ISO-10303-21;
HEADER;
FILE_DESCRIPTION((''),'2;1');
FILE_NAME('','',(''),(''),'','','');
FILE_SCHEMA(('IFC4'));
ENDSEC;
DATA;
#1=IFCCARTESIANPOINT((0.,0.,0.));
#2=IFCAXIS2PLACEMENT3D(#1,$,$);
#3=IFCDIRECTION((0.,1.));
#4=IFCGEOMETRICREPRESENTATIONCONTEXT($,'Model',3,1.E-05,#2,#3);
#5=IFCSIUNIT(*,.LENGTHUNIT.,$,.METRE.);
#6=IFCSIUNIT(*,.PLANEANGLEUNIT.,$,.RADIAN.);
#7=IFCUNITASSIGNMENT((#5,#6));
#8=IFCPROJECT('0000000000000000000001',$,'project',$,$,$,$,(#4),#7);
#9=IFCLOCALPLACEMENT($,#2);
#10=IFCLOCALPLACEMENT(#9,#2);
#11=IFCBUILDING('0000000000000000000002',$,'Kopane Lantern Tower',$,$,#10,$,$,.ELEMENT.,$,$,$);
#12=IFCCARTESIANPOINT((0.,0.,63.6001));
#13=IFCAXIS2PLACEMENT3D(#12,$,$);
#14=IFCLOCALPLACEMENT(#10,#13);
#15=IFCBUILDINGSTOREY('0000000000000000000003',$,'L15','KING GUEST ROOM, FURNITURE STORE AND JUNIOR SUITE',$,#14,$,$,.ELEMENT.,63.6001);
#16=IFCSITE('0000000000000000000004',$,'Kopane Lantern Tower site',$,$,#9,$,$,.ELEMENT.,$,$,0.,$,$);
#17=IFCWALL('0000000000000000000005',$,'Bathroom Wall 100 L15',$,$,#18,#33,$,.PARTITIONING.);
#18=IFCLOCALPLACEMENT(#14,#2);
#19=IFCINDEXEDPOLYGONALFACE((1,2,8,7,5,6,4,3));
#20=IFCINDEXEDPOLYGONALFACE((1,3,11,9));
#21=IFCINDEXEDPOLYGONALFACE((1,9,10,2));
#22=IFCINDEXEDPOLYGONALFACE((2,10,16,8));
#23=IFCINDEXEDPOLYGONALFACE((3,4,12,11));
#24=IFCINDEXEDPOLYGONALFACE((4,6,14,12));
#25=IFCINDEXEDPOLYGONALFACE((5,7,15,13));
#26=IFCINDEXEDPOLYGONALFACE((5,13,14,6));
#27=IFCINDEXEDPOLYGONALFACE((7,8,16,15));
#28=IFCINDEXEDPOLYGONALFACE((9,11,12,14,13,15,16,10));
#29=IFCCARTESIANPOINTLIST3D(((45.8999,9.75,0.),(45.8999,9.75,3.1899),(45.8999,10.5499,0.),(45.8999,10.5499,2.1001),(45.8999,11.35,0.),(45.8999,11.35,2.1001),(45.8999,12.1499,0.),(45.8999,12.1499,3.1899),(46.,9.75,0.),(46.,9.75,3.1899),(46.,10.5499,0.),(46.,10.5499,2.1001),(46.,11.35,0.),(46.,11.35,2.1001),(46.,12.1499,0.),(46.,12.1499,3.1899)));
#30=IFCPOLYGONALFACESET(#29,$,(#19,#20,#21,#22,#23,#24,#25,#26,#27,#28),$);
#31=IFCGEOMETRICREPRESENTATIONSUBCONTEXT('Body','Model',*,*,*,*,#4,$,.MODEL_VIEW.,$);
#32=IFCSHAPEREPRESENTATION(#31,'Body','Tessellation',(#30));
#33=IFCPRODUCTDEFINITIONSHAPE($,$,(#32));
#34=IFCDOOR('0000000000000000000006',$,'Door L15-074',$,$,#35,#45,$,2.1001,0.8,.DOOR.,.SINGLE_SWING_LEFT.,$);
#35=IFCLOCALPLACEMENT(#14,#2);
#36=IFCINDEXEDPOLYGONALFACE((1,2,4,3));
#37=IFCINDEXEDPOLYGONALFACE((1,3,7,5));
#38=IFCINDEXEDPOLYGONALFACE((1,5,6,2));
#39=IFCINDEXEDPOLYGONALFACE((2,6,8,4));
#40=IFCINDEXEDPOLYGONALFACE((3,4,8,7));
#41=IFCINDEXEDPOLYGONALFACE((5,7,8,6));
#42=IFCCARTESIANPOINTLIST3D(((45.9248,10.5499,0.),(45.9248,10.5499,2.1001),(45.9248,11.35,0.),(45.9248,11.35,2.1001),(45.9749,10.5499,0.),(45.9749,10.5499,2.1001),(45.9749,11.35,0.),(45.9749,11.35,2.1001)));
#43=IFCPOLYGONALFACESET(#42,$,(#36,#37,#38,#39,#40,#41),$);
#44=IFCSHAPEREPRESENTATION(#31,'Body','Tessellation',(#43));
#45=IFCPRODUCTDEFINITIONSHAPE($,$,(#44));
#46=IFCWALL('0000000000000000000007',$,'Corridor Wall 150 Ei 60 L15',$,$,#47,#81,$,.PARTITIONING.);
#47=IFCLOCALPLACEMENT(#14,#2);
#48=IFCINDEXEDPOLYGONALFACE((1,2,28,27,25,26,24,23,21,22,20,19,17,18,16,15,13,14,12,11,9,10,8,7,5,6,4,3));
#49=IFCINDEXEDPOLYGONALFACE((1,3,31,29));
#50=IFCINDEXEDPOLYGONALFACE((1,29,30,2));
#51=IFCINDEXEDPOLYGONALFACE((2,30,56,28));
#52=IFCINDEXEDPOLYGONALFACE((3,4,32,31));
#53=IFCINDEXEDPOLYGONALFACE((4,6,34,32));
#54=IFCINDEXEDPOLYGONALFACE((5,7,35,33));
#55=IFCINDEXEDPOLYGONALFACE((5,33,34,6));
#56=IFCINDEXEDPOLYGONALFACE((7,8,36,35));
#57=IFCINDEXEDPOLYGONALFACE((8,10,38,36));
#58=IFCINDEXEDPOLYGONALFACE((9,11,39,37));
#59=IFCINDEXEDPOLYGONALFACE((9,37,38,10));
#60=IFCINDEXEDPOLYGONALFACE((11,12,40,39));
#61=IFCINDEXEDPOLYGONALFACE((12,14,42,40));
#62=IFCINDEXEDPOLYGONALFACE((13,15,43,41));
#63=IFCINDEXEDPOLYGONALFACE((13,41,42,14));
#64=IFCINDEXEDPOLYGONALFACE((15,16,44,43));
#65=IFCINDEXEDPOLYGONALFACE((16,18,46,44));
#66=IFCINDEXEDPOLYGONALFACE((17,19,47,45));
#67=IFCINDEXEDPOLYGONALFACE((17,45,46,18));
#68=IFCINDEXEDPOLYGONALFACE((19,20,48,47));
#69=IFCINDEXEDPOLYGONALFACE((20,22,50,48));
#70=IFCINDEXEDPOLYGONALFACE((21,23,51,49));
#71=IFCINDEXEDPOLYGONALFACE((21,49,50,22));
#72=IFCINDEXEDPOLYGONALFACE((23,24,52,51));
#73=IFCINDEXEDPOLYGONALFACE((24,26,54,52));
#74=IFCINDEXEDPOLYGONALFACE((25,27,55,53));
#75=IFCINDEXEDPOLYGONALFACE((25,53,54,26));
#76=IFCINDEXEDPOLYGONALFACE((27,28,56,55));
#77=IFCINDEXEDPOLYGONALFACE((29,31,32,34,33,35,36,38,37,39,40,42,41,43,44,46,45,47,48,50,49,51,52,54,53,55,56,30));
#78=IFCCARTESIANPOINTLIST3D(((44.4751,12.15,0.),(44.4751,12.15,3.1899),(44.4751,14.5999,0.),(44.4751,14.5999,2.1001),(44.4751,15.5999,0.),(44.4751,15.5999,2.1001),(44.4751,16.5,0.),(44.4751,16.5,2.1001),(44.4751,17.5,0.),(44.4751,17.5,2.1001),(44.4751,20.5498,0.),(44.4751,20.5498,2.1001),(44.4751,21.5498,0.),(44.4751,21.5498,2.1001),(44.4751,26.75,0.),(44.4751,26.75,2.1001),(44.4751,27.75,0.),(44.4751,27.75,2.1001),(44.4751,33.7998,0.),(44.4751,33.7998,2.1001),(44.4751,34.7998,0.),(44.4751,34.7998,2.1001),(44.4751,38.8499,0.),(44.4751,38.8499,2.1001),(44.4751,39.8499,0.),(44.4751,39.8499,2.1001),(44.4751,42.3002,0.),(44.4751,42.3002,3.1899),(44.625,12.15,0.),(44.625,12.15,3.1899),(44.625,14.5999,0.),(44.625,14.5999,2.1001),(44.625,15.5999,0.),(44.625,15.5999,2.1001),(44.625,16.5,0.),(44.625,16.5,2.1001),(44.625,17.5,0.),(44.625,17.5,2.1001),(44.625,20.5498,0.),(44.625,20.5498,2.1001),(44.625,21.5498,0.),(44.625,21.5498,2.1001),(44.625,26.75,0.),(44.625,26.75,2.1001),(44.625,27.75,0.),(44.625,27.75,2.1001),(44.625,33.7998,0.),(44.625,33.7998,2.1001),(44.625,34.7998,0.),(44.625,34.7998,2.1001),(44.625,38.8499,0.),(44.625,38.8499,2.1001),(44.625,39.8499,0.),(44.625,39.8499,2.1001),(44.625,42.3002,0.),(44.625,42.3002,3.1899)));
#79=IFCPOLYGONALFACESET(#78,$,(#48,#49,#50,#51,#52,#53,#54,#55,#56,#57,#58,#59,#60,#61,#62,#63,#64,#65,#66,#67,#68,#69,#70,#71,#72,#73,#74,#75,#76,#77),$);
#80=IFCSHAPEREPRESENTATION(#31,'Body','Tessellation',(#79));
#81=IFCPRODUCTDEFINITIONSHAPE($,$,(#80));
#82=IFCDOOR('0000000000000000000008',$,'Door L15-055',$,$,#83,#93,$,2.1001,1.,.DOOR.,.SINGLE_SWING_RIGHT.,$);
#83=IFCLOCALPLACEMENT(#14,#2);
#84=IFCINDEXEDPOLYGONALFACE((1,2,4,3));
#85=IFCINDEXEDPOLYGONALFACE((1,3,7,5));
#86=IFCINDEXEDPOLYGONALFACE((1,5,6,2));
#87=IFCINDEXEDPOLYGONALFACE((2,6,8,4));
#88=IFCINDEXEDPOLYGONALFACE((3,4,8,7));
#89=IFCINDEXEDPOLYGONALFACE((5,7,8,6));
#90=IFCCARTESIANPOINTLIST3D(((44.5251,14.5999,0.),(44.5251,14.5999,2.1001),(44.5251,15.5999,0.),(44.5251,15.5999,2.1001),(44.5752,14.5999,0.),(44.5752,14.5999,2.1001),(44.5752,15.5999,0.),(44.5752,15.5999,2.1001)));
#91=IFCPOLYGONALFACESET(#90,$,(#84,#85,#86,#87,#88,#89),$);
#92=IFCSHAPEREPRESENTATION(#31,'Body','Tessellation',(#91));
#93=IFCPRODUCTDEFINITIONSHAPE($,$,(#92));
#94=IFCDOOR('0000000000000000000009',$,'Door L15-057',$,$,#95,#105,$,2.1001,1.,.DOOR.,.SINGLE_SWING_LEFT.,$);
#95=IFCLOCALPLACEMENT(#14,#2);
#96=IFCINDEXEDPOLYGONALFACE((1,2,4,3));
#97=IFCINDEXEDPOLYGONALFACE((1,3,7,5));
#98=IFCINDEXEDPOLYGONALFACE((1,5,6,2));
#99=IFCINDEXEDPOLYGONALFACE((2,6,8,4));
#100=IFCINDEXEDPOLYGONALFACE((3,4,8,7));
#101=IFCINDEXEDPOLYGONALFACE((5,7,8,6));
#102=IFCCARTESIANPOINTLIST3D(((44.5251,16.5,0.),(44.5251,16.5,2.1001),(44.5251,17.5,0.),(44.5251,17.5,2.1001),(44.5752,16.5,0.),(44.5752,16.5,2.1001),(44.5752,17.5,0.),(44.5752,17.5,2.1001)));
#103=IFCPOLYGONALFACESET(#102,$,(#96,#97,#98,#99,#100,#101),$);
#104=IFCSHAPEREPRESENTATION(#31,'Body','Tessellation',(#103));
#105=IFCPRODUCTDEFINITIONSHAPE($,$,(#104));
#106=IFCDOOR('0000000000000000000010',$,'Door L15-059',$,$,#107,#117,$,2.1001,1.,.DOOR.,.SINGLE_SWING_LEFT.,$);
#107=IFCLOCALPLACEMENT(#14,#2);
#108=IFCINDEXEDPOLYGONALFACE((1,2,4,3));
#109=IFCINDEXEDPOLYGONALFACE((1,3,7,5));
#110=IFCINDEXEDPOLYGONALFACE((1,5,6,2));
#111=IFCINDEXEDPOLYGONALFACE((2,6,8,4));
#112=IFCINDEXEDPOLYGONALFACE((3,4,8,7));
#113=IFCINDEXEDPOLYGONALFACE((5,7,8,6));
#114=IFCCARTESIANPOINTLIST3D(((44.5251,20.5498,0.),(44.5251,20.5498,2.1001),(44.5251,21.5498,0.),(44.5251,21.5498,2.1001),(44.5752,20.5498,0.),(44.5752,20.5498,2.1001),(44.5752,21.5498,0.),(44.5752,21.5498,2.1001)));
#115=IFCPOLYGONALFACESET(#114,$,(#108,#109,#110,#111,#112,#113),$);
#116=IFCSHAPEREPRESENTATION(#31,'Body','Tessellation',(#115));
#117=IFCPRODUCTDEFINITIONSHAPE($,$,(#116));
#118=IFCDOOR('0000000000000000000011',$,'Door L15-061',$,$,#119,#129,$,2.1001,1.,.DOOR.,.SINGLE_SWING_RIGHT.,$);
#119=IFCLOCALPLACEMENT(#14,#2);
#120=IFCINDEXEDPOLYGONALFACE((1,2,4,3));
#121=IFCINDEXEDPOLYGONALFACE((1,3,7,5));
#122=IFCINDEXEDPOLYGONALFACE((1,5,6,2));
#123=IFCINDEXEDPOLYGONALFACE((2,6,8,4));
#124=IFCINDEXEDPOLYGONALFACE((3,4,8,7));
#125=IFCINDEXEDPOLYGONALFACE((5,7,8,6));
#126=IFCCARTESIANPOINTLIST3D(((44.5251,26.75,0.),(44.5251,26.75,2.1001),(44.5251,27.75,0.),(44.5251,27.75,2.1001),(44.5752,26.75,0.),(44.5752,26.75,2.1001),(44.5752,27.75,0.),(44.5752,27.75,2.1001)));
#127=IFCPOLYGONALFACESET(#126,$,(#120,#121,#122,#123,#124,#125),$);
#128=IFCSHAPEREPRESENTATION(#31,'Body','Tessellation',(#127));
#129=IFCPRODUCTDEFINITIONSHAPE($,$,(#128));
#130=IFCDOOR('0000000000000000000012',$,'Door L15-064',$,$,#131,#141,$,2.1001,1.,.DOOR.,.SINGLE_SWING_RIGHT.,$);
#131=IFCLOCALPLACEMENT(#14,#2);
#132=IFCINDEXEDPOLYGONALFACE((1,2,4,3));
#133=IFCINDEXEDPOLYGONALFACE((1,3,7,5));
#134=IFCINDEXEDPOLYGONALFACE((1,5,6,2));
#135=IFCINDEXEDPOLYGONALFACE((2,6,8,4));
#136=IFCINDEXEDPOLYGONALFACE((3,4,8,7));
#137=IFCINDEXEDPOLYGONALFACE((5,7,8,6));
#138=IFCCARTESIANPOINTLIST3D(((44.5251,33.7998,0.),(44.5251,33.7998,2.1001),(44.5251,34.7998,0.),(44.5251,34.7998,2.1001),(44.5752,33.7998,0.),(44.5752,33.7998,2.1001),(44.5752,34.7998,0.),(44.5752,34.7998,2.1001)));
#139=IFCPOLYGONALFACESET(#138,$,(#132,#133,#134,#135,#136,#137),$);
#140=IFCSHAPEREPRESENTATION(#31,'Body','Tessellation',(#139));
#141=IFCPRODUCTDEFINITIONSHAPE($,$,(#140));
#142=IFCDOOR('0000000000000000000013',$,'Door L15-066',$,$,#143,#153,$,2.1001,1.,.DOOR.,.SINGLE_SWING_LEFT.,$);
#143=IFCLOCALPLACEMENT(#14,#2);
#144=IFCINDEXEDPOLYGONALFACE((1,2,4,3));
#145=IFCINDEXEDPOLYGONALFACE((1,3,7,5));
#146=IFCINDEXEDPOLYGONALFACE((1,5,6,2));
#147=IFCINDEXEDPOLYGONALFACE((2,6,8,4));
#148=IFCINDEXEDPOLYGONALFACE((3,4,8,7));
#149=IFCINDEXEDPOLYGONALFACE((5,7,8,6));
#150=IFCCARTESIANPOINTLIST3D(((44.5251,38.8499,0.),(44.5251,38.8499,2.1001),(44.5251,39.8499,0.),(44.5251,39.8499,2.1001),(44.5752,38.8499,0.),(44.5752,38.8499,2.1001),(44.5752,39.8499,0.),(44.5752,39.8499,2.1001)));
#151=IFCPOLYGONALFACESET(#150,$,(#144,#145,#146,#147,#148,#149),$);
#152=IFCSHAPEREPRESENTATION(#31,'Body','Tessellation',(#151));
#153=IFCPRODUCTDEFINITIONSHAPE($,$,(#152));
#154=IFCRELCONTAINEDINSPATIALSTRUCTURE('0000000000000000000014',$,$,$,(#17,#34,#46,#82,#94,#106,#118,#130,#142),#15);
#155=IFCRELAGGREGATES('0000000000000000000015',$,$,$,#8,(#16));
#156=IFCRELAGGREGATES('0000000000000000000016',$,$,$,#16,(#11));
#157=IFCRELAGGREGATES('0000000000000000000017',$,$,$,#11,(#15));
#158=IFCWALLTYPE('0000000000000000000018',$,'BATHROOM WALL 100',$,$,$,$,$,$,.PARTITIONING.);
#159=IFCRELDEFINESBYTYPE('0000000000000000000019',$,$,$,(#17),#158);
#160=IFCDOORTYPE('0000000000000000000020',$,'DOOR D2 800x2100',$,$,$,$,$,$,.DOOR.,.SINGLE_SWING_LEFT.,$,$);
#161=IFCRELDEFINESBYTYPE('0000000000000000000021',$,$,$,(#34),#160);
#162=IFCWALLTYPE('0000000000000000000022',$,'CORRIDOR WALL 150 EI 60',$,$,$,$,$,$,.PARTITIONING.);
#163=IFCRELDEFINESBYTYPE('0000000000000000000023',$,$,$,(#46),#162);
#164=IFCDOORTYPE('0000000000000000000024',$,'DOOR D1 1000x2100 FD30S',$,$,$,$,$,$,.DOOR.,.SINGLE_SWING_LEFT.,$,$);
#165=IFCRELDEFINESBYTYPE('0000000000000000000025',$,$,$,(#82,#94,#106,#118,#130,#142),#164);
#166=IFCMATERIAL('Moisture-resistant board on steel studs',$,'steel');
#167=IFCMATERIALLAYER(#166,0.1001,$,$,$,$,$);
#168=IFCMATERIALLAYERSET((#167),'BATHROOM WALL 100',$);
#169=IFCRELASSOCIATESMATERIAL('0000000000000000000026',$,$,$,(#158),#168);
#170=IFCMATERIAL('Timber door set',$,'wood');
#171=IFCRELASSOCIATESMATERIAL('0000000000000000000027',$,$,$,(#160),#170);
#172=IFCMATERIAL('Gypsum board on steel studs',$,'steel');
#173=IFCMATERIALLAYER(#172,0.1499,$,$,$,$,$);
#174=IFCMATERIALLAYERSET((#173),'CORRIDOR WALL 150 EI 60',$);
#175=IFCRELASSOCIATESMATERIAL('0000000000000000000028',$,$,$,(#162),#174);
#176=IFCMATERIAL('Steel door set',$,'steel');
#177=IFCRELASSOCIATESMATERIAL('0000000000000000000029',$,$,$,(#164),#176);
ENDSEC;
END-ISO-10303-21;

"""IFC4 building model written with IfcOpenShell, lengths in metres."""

from ifc_helpers import new_model, si_unit, direction, frame, frame_2d, origin, place, context, subcontext, project, spatial, rectangle, extrude, material, layer, layer_set, type_object, element, fill, save


model = new_model("IFC4")

# Units and contexts
model_context = context("Model", 3, precision=1e-05, world=origin(), true_north=direction((0.0, 1.0)))
body_context = subcontext(model_context, "Body", "Model", "MODEL_VIEW")
ifc_project = project(units=[si_unit("LENGTHUNIT", "METRE"), si_unit("PLANEANGLEUNIT", "RADIAN")], contexts=[model_context])

# Site, building, storey
site_placement = place(None, origin())
site = spatial("IfcSite", under=ifc_project, at=site_placement, Name="Kopane Lantern Tower site", CompositionType="ELEMENT", RefElevation=0.0)
building_placement = place(site_placement, origin())
building = spatial("IfcBuilding", under=site, at=building_placement, Name="Kopane Lantern Tower", CompositionType="ELEMENT")
storey_placement = place(building_placement, frame((0.0, 0.0, 63.6001)))
storey = spatial("IfcBuildingStorey", under=building, at=storey_placement, Name="L15", Description="KING GUEST ROOM, FURNITURE STORE AND JUNIOR SUITE", CompositionType="ELEMENT", Elevation=63.6001)

# Shared definitions
ifc_material_1 = material(Name="Moisture-resistant board on steel studs", Category="steel")
ifc_layer_1 = layer(ifc_material_1, 0.1001)
ifc_layer_set_1 = layer_set([ifc_layer_1], Name="BATHROOM WALL 100")
wall_type_1 = type_object("IfcWallType", Name="BATHROOM WALL 100", PredefinedType="PARTITIONING", material=ifc_layer_set_1)

# Wall, opening, door
wall_1_placement = place(storey_placement, frame((45.95, 12.1499, 0.0), z_axis=(0.0, 0.0, 1.0), x_axis=(0.0, -1.0, 0.0)))
wall_1 = element("IfcWall", 1, at=wall_1_placement, inside=storey, type_object=wall_type_1, Name="Bathroom Wall 100 L15", PredefinedType="PARTITIONING", context=body_context, shape_type="SweptSolid", body=[
    extrude(rectangle(XDim=2.3999, YDim=0.1001, at=frame_2d((1.2, 0.0))), origin(), (0.0, 0.0, 1.0), 3.1899),
])
opening_1_placement = place(wall_1_placement, frame((0.8, 0.0, 0.0)))
opening_1 = element("IfcOpeningElement", 2, at=opening_1_placement, cuts=wall_1, PredefinedType="OPENING", context=body_context, shape_type="SweptSolid", body=[
    extrude(rectangle(XDim=0.8, YDim=2.1001, at=frame_2d((0.3999, 1.05))), frame((0.0, 0.0601, 0.0), z_axis=(0.0, -1.0, 0.0), x_axis=(1.0, 0.0, 0.0)), (0.0, 0.0, 1.0), 0.1201),
])
ifc_material_2 = material(Name="Timber door set", Category="wood")
door_type_1 = type_object("IfcDoorType", Name="DOOR D2 800x2100", OperationType="SINGLE_SWING_LEFT", PredefinedType="DOOR", material=ifc_material_2)
door_1_placement = place(opening_1_placement, origin())
door_1 = element("IfcDoor", 3, at=door_1_placement, inside=storey, type_object=door_type_1, Name="Door L15-074", OperationType="SINGLE_SWING_LEFT", OverallHeight=2.1001, OverallWidth=0.8, PredefinedType="DOOR", context=body_context, shape_type="SweptSolid", body=[
    extrude(rectangle(XDim=0.8, YDim=2.1001, at=frame_2d((0.3999, 1.05))), frame((0.0, 0.0249, 0.0), z_axis=(0.0, -1.0, 0.0), x_axis=(1.0, 0.0, 0.0)), (0.0, 0.0, 1.0), 0.05),
])
fill(opening_1, door_1)

# Wall, openings, doors
ifc_material_3 = material(Name="Gypsum board on steel studs", Category="steel")
ifc_layer_2 = layer(ifc_material_3, 0.1499)
ifc_layer_set_2 = layer_set([ifc_layer_2], Name="CORRIDOR WALL 150 EI 60")
wall_type_2 = type_object("IfcWallType", Name="CORRIDOR WALL 150 EI 60", PredefinedType="PARTITIONING", material=ifc_layer_set_2)
wall_2_placement = place(storey_placement, frame((44.55, 12.1499, 0.0), z_axis=(0.0, 0.0, 1.0), x_axis=(0.0, 1.0, 0.0)))
wall_2 = element("IfcWall", 4, at=wall_2_placement, inside=storey, type_object=wall_type_2, Name="Corridor Wall 150 Ei 60 L15", PredefinedType="PARTITIONING", context=body_context, shape_type="SweptSolid", body=[
    extrude(rectangle(XDim=30.1501, YDim=0.1499, at=frame_2d((15.0752, 0.0))), origin(), (0.0, 0.0, 1.0), 3.1899),
])
opening_2_placement = place(wall_2_placement, frame((2.45, 0.0, 0.0)))
opening_2 = element("IfcOpeningElement", 5, at=opening_2_placement, cuts=wall_2, PredefinedType="OPENING", context=body_context, shape_type="SweptSolid", body=[
    extrude(rectangle(XDim=1.0, YDim=2.1001, at=frame_2d((0.5, 1.05))), frame((0.0, 0.085, 0.0), z_axis=(0.0, -1.0, 0.0), x_axis=(1.0, 0.0, 0.0)), (0.0, 0.0, 1.0), 0.1699),
])
opening_3_placement = place(wall_2_placement, frame((4.3501, 0.0, 0.0)))
opening_3 = element("IfcOpeningElement", 6, at=opening_3_placement, cuts=wall_2, PredefinedType="OPENING", context=body_context, shape_type="SweptSolid", body=[
    extrude(rectangle(XDim=1.0, YDim=2.1001, at=frame_2d((0.5, 1.05))), frame((0.0, 0.085, 0.0), z_axis=(0.0, -1.0, 0.0), x_axis=(1.0, 0.0, 0.0)), (0.0, 0.0, 1.0), 0.1699),
])
opening_4_placement = place(wall_2_placement, frame((8.3999, 0.0, 0.0)))
opening_4 = element("IfcOpeningElement", 7, at=opening_4_placement, cuts=wall_2, PredefinedType="OPENING", context=body_context, shape_type="SweptSolid", body=[
    extrude(rectangle(XDim=1.0, YDim=2.1001, at=frame_2d((0.5, 1.05))), frame((0.0, 0.085, 0.0), z_axis=(0.0, -1.0, 0.0), x_axis=(1.0, 0.0, 0.0)), (0.0, 0.0, 1.0), 0.1699),
])
opening_5_placement = place(wall_2_placement, frame((14.6001, 0.0, 0.0)))
opening_5 = element("IfcOpeningElement", 8, at=opening_5_placement, cuts=wall_2, PredefinedType="OPENING", context=body_context, shape_type="SweptSolid", body=[
    extrude(rectangle(XDim=1.0, YDim=2.1001, at=frame_2d((0.5, 1.05))), frame((0.0, 0.085, 0.0), z_axis=(0.0, -1.0, 0.0), x_axis=(1.0, 0.0, 0.0)), (0.0, 0.0, 1.0), 0.1699),
])
opening_6_placement = place(wall_2_placement, frame((21.6499, 0.0, 0.0)))
opening_6 = element("IfcOpeningElement", 9, at=opening_6_placement, cuts=wall_2, PredefinedType="OPENING", context=body_context, shape_type="SweptSolid", body=[
    extrude(rectangle(XDim=1.0, YDim=2.1001, at=frame_2d((0.5, 1.05))), frame((0.0, 0.085, 0.0), z_axis=(0.0, -1.0, 0.0), x_axis=(1.0, 0.0, 0.0)), (0.0, 0.0, 1.0), 0.1699),
])
opening_7_placement = place(wall_2_placement, frame((26.7, 0.0, 0.0)))
opening_7 = element("IfcOpeningElement", 10, at=opening_7_placement, cuts=wall_2, PredefinedType="OPENING", context=body_context, shape_type="SweptSolid", body=[
    extrude(rectangle(XDim=1.0, YDim=2.1001, at=frame_2d((0.5, 1.05))), frame((0.0, 0.085, 0.0), z_axis=(0.0, -1.0, 0.0), x_axis=(1.0, 0.0, 0.0)), (0.0, 0.0, 1.0), 0.1699),
])
ifc_material_4 = material(Name="Steel door set", Category="steel")
door_type_2 = type_object("IfcDoorType", Name="DOOR D1 1000x2100 FD30S", OperationType="SINGLE_SWING_LEFT", PredefinedType="DOOR", material=ifc_material_4)
door_2_placement = place(opening_2_placement, origin())
door_2 = element("IfcDoor", 11, at=door_2_placement, inside=storey, type_object=door_type_2, Name="Door L15-055", OperationType="SINGLE_SWING_RIGHT", OverallHeight=2.1001, OverallWidth=1.0, PredefinedType="DOOR", context=body_context, shape_type="SweptSolid", body=[
    extrude(rectangle(XDim=1.0, YDim=2.1001, at=frame_2d((0.5, 1.05))), frame((0.0, 0.0249, 0.0), z_axis=(0.0, -1.0, 0.0), x_axis=(1.0, 0.0, 0.0)), (0.0, 0.0, 1.0), 0.05),
])
fill(opening_2, door_2)
door_3_placement = place(opening_3_placement, origin())
door_3 = element("IfcDoor", 12, at=door_3_placement, inside=storey, type_object=door_type_2, Name="Door L15-057", OperationType="SINGLE_SWING_LEFT", OverallHeight=2.1001, OverallWidth=1.0, PredefinedType="DOOR", context=body_context, shape_type="SweptSolid", body=[
    extrude(rectangle(XDim=1.0, YDim=2.1001, at=frame_2d((0.5, 1.05))), frame((0.0, 0.0249, 0.0), z_axis=(0.0, -1.0, 0.0), x_axis=(1.0, 0.0, 0.0)), (0.0, 0.0, 1.0), 0.05),
])
fill(opening_3, door_3)
door_4_placement = place(opening_4_placement, origin())
door_4 = element("IfcDoor", 13, at=door_4_placement, inside=storey, type_object=door_type_2, Name="Door L15-059", OperationType="SINGLE_SWING_LEFT", OverallHeight=2.1001, OverallWidth=1.0, PredefinedType="DOOR", context=body_context, shape_type="SweptSolid", body=[
    extrude(rectangle(XDim=1.0, YDim=2.1001, at=frame_2d((0.5, 1.05))), frame((0.0, 0.0249, 0.0), z_axis=(0.0, -1.0, 0.0), x_axis=(1.0, 0.0, 0.0)), (0.0, 0.0, 1.0), 0.05),
])
fill(opening_4, door_4)
door_5_placement = place(opening_5_placement, origin())
door_5 = element("IfcDoor", 14, at=door_5_placement, inside=storey, type_object=door_type_2, Name="Door L15-061", OperationType="SINGLE_SWING_RIGHT", OverallHeight=2.1001, OverallWidth=1.0, PredefinedType="DOOR", context=body_context, shape_type="SweptSolid", body=[
    extrude(rectangle(XDim=1.0, YDim=2.1001, at=frame_2d((0.5, 1.05))), frame((0.0, 0.0249, 0.0), z_axis=(0.0, -1.0, 0.0), x_axis=(1.0, 0.0, 0.0)), (0.0, 0.0, 1.0), 0.05),
])
fill(opening_5, door_5)
door_6_placement = place(opening_6_placement, origin())
door_6 = element("IfcDoor", 15, at=door_6_placement, inside=storey, type_object=door_type_2, Name="Door L15-064", OperationType="SINGLE_SWING_RIGHT", OverallHeight=2.1001, OverallWidth=1.0, PredefinedType="DOOR", context=body_context, shape_type="SweptSolid", body=[
    extrude(rectangle(XDim=1.0, YDim=2.1001, at=frame_2d((0.5, 1.05))), frame((0.0, 0.0249, 0.0), z_axis=(0.0, -1.0, 0.0), x_axis=(1.0, 0.0, 0.0)), (0.0, 0.0, 1.0), 0.05),
])
fill(opening_6, door_6)
door_7_placement = place(opening_7_placement, origin())
door_7 = element("IfcDoor", 16, at=door_7_placement, inside=storey, type_object=door_type_2, Name="Door L15-066", OperationType="SINGLE_SWING_LEFT", OverallHeight=2.1001, OverallWidth=1.0, PredefinedType="DOOR", context=body_context, shape_type="SweptSolid", body=[
    extrude(rectangle(XDim=1.0, YDim=2.1001, at=frame_2d((0.5, 1.05))), frame((0.0, 0.0249, 0.0), z_axis=(0.0, -1.0, 0.0), x_axis=(1.0, 0.0, 0.0)), (0.0, 0.0, 1.0), 0.05),
])
fill(opening_7, door_7)

save(model, "model.ifc")
